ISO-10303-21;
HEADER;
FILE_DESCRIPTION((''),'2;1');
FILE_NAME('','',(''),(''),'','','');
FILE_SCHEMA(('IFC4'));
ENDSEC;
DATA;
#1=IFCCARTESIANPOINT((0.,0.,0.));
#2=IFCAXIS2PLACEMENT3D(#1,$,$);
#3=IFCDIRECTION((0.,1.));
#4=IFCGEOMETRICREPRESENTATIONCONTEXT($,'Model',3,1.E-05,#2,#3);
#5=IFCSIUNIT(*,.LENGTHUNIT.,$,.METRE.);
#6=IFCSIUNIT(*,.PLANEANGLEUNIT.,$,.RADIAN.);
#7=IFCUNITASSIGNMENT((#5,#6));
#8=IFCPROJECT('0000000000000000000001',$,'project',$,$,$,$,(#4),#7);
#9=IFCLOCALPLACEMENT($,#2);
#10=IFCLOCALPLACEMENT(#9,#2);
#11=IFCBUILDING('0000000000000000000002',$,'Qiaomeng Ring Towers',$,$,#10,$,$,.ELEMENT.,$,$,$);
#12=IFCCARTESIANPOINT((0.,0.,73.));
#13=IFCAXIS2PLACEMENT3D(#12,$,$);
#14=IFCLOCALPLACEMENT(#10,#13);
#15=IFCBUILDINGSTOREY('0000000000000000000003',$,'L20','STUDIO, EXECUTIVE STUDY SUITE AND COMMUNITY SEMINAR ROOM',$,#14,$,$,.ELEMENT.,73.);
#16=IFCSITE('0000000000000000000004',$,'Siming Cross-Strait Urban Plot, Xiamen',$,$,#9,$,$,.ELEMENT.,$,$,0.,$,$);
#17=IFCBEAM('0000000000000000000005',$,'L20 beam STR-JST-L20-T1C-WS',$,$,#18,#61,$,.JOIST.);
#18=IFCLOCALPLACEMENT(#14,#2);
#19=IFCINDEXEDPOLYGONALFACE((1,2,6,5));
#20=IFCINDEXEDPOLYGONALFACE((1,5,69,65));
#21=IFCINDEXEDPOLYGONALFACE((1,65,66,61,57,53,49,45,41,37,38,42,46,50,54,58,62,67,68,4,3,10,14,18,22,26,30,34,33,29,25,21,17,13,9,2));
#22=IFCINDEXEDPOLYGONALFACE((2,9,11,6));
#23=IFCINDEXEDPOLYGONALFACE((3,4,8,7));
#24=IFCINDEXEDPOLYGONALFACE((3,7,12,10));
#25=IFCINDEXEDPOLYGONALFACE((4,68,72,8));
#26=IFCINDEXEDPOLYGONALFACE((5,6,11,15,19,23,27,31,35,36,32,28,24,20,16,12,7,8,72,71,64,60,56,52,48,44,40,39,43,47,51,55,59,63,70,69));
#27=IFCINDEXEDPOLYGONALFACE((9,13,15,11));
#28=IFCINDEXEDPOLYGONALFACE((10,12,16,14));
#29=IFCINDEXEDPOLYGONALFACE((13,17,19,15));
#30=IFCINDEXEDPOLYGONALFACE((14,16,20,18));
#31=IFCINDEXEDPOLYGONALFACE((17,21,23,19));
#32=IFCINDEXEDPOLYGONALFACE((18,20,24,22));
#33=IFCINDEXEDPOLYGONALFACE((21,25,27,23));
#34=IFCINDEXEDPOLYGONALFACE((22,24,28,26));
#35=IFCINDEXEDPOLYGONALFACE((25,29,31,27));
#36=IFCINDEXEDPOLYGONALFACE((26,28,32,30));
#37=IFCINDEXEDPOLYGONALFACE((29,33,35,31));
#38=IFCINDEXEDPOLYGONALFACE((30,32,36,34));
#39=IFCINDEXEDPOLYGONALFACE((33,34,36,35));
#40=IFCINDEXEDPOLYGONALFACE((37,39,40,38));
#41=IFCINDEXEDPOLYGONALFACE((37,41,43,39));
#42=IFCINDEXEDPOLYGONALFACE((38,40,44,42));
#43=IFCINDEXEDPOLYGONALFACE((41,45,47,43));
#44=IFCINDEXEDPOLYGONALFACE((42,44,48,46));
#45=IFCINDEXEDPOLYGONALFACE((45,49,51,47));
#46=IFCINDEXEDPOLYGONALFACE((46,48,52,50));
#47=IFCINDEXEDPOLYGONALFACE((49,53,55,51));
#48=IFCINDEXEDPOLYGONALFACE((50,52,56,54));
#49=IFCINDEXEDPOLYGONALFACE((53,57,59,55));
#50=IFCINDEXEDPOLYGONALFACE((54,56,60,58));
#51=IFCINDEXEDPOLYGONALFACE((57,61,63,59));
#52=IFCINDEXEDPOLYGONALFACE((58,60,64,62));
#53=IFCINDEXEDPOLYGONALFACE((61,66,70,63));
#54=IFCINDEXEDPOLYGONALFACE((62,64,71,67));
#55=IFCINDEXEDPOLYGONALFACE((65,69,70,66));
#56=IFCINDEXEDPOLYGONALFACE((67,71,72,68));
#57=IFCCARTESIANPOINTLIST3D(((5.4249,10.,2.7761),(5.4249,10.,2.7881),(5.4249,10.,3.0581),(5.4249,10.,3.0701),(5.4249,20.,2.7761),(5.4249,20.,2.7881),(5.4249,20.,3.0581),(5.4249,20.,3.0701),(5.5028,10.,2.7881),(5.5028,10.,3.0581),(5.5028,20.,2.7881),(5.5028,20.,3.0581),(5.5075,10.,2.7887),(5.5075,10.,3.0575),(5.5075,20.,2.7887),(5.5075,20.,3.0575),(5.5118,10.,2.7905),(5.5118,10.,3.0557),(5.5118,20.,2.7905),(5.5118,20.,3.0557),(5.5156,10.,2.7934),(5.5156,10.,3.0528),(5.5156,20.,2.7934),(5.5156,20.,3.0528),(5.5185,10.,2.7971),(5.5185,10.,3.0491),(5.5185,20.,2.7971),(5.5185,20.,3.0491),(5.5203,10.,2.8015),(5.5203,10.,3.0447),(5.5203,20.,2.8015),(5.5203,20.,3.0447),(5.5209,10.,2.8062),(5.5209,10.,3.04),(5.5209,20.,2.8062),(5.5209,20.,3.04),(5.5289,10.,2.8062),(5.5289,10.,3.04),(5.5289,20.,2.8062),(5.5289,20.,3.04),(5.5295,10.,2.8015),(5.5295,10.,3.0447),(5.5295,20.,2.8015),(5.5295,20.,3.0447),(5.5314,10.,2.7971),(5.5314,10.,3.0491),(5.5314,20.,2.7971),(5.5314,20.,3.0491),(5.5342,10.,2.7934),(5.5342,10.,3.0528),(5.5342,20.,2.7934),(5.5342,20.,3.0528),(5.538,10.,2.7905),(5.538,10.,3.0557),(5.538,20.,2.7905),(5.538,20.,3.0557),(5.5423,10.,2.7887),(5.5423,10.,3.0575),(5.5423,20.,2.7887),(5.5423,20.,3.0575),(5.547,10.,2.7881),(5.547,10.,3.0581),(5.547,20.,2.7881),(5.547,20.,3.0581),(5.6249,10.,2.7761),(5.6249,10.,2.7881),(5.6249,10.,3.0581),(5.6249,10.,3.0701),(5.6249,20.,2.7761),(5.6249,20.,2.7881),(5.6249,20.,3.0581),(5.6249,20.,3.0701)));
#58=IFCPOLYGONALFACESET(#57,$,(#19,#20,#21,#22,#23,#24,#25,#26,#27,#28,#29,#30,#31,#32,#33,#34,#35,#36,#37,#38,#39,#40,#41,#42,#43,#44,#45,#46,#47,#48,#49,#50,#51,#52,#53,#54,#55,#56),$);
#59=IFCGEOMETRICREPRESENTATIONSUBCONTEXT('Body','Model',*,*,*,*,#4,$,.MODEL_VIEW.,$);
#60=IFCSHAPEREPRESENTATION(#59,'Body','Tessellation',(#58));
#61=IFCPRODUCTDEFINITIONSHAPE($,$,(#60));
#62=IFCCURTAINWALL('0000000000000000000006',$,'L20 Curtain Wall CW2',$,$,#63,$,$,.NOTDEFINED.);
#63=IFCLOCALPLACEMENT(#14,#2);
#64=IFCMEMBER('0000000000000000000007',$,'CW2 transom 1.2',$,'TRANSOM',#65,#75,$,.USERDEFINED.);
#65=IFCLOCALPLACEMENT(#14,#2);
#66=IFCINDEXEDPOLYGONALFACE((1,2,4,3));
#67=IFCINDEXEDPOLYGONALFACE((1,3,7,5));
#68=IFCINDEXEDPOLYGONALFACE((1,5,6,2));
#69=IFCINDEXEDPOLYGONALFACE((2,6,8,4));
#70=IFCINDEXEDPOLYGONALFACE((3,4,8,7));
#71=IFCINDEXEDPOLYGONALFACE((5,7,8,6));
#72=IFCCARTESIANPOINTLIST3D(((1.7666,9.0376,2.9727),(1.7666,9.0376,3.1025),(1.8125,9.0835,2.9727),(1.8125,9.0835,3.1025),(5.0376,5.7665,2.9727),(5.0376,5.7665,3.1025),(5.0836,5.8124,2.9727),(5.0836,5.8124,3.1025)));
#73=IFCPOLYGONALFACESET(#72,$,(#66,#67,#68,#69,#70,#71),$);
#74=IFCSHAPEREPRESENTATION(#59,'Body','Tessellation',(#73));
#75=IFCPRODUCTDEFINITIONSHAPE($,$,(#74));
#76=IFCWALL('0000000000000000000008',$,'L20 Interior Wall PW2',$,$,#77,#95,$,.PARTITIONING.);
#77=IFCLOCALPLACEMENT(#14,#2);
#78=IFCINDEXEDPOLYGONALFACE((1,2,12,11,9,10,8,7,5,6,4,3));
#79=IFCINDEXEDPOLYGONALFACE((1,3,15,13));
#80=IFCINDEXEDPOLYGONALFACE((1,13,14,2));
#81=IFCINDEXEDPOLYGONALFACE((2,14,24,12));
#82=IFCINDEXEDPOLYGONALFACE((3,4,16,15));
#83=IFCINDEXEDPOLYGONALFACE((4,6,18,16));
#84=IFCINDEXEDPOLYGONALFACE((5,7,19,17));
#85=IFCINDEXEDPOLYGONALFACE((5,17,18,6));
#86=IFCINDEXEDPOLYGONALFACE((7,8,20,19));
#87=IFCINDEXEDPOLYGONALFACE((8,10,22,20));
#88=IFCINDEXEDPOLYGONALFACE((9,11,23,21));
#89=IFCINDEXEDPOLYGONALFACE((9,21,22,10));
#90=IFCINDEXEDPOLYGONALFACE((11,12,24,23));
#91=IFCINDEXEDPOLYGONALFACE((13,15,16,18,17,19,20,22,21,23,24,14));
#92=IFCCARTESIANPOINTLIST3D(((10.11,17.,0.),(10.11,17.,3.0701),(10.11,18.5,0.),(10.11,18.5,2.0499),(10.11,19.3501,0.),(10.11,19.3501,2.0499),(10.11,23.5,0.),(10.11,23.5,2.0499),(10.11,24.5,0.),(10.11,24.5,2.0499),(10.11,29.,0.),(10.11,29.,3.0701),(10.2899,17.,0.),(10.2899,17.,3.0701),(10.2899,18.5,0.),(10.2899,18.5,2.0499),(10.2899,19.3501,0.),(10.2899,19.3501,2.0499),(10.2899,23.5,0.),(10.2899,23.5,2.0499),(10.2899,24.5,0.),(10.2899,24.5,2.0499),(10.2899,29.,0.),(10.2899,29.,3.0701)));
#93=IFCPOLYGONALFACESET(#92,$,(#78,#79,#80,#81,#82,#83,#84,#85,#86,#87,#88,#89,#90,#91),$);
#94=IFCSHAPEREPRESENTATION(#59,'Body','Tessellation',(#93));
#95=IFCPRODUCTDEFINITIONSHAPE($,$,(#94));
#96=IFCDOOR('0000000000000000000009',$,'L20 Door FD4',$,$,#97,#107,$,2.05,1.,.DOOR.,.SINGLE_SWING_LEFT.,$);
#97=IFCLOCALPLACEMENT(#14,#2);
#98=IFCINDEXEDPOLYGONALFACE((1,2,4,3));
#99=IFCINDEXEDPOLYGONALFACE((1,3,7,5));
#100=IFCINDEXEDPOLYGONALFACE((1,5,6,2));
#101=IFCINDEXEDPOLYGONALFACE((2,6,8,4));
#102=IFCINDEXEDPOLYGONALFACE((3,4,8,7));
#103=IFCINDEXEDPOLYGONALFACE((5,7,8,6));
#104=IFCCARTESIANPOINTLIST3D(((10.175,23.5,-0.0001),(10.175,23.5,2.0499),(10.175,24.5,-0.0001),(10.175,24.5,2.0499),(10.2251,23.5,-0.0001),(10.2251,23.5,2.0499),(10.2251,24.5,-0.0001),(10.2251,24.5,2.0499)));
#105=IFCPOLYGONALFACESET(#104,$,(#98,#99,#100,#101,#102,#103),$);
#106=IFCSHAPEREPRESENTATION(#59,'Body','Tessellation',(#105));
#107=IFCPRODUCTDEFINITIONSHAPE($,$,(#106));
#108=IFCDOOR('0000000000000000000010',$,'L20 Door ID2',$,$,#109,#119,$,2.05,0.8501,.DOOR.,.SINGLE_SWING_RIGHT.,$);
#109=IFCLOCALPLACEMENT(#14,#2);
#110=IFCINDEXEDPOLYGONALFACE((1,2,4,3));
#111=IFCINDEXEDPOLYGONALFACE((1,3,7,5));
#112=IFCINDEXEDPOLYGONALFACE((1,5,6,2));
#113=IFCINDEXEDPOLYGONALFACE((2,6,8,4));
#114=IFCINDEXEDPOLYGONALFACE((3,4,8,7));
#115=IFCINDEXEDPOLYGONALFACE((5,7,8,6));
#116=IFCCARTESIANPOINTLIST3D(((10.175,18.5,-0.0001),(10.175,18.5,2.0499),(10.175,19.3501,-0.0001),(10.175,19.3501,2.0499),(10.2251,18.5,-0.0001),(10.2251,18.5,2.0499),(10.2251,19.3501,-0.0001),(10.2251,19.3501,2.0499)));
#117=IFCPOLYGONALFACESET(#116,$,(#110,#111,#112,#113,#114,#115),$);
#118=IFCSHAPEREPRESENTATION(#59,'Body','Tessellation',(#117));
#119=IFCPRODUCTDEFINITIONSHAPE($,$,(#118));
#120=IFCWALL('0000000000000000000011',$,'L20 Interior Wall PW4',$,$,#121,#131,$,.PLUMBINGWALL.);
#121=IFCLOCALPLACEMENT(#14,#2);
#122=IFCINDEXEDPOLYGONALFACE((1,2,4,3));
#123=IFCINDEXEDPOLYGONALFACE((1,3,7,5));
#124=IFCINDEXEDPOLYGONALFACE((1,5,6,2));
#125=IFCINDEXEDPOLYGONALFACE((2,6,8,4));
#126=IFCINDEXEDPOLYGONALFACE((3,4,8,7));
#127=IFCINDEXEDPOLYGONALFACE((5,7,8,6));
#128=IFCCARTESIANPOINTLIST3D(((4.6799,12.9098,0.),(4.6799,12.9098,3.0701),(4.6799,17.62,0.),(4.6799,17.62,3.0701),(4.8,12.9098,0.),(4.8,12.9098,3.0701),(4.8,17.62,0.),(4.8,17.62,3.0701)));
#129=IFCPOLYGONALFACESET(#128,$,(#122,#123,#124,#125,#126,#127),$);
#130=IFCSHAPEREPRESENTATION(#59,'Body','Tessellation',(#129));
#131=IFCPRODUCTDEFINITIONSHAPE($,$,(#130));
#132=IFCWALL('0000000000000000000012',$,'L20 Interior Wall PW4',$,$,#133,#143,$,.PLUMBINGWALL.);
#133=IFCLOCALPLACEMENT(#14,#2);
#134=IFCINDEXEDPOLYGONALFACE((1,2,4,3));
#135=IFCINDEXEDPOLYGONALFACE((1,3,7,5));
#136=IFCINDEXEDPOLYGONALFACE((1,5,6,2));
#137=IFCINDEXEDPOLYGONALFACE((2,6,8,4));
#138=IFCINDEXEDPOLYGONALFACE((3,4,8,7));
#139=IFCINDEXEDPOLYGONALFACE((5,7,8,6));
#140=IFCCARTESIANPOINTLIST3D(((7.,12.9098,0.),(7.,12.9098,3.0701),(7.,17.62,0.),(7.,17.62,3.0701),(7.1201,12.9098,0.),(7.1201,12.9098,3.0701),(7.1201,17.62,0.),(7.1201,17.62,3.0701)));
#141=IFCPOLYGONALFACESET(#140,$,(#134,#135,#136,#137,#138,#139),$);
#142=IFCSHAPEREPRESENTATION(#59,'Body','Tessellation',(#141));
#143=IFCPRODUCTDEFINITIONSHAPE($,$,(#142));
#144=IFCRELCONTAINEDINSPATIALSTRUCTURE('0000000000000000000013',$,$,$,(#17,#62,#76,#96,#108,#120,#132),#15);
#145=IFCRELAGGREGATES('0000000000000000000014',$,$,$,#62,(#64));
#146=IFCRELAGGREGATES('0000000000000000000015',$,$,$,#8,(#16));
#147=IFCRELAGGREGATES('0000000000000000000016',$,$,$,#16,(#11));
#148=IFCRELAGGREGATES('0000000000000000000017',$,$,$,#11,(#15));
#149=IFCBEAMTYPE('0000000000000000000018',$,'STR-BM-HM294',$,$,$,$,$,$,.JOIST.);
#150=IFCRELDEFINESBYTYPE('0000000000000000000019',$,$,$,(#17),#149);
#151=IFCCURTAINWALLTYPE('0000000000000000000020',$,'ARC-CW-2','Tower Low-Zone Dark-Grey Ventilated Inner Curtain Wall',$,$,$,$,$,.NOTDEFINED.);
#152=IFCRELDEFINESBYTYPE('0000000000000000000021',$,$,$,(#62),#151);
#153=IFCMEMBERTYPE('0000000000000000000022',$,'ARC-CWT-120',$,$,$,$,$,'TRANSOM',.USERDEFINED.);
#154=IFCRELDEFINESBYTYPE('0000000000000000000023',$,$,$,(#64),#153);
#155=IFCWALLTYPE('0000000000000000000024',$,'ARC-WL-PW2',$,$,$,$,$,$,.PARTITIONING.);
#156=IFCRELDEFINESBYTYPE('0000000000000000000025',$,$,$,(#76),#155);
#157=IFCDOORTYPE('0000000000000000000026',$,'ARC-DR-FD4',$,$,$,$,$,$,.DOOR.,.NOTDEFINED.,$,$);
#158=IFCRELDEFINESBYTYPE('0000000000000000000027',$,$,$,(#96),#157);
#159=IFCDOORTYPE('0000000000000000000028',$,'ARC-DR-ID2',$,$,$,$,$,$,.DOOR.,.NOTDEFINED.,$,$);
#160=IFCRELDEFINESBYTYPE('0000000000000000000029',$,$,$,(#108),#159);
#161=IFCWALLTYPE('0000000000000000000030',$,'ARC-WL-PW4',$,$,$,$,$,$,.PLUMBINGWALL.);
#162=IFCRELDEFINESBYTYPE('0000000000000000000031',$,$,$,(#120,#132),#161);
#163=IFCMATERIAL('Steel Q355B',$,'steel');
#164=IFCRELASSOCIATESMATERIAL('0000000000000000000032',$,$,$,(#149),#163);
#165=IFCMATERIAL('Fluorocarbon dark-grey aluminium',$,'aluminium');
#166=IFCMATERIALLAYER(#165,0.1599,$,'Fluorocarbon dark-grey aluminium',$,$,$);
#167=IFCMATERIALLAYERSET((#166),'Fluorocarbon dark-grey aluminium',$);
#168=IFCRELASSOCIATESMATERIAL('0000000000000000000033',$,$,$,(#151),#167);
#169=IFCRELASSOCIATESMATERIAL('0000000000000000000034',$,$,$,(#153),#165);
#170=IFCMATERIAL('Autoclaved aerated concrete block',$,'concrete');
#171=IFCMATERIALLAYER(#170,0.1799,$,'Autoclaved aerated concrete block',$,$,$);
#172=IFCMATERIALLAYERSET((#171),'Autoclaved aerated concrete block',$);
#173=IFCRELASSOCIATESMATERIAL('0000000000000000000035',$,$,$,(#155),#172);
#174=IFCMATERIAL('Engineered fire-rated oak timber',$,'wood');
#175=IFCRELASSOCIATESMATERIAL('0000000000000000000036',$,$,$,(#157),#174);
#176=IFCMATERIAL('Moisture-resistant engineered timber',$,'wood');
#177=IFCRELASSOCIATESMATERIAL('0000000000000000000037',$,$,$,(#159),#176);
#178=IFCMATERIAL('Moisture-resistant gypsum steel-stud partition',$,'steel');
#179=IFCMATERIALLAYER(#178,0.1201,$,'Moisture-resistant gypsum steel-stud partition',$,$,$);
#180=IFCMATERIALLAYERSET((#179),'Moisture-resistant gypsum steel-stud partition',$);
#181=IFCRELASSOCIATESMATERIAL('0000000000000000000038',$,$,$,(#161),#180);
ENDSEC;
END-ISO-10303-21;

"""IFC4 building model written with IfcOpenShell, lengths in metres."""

from ifc_helpers import new_model, si_unit, direction, frame, frame_2d, origin, origin_2d, place, context, subcontext, project, spatial, rectangle, i_section, extrude, source, transform, mapped, material, layer, layer_set, material_profile, profile_set, type_object, element, fill, aggregate, save


model = new_model("IFC4")

# Units and contexts
model_context = context("Model", 3, precision=1e-05, world=origin(), true_north=direction((0.0, 1.0)))
body_context = subcontext(model_context, "Body", "Model", "MODEL_VIEW")
ifc_project = project(units=[si_unit("LENGTHUNIT", "METRE"), si_unit("PLANEANGLEUNIT", "RADIAN")], contexts=[model_context])

# Site, building, storey
site_placement = place(None, origin())
site = spatial("IfcSite", under=ifc_project, at=site_placement, Name="Siming Cross-Strait Urban Plot, Xiamen", CompositionType="ELEMENT", RefElevation=0.0)
building_placement = place(site_placement, origin())
building = spatial("IfcBuilding", under=site, at=building_placement, Name="Qiaomeng Ring Towers", CompositionType="ELEMENT")
storey_placement = place(building_placement, frame((0.0, 0.0, 73.0)))
storey = spatial("IfcBuildingStorey", under=building, at=storey_placement, Name="L20", Description="STUDIO, EXECUTIVE STUDY SUITE AND COMMUNITY SEMINAR ROOM", CompositionType="ELEMENT", Elevation=73.0)

# Beam
ifc_material_1 = material(Name="Steel Q355B", Category="steel")
ifc_material_profile_1 = material_profile(ifc_material_1, i_section(OverallWidth=0.2, OverallDepth=0.2939, WebThickness=0.0081, FlangeThickness=0.012, FilletRadius=0.0181, at=origin_2d()), Name="HM 294x200x8x12")
ifc_profile_set_1 = profile_set([ifc_material_profile_1], Name="Steel Q355B")
beam_type = type_object("IfcBeamType", Name="STR-BM-HM294", PredefinedType="JOIST", material=ifc_profile_set_1)
shared_shape_1 = source(origin(), body_context, "Body", "SweptSolid", [
    extrude(i_section(OverallWidth=0.2, OverallDepth=0.2939, WebThickness=0.0081, FlangeThickness=0.012, FilletRadius=0.0181, at=origin_2d()), origin(), (0.0, 0.0, 1.0), 10.0),
])
beam_placement = place(storey_placement, frame((5.5249, 10.0, 2.9231), z_axis=(0.0, 1.0, 0.0), x_axis=(-1.0, 0.0, 0.0)))
element("IfcBeam", 1, at=beam_placement, inside=storey, type_object=beam_type, Name="L20 beam STR-JST-L20-T1C-WS", PredefinedType="JOIST", context=body_context, shape_type="MappedRepresentation", body=[
    mapped(shared_shape_1, transform((0.0, 0.0, 0.0), x_axis=(1.0, 0.0, 0.0), y_axis=(0.0, 1.0, 0.0), z_axis=(0.0, 0.0, 1.0), scale=1.0)),
])

# Curtain wall, member
ifc_material_2 = material(Name="Fluorocarbon dark-grey aluminium", Category="aluminium")
ifc_layer_1 = layer(ifc_material_2, 0.1599, Name="Fluorocarbon dark-grey aluminium")
ifc_layer_set_1 = layer_set([ifc_layer_1], Name="Fluorocarbon dark-grey aluminium")
curtain_wall_type = type_object("IfcCurtainWallType", Name="ARC-CW-2", Description="Tower Low-Zone Dark-Grey Ventilated Inner Curtain Wall", PredefinedType="NOTDEFINED", material=ifc_layer_set_1)
curtain_wall_placement = place(storey_placement, origin())
curtain_wall = element("IfcCurtainWall", 2, at=curtain_wall_placement, inside=storey, type_object=curtain_wall_type, Name="L20 Curtain Wall CW2", PredefinedType="NOTDEFINED")
ifc_material_profile_2 = material_profile(ifc_material_2, rectangle(XDim=0.0649, YDim=0.1299, at=origin_2d()), Name="ALU TRAN 65x130")
ifc_profile_set_2 = profile_set([ifc_material_profile_2], Name="Fluorocarbon dark-grey aluminium")
member_type = type_object("IfcMemberType", Name="ARC-CWT-120", ElementType="TRANSOM", PredefinedType="USERDEFINED", material=ifc_profile_set_2)
shared_shape_2 = source(origin(), body_context, "Body", "SweptSolid", [
    extrude(rectangle(XDim=0.0649, YDim=0.1299, at=origin_2d()), origin(), (0.0, 0.0, 1.0), 4.626),
])
member_placement = place(storey_placement, frame((1.7896, 9.0605, 3.0376), z_axis=(0.707107, -0.707107, 0.0), x_axis=(0.707107, 0.707107, 0.0)))
member = element("IfcMember", 3, at=member_placement, type_object=member_type, Name="CW2 transom 1.2", ObjectType="TRANSOM", PredefinedType="USERDEFINED", context=body_context, shape_type="MappedRepresentation", body=[
    mapped(shared_shape_2, transform((0.0, 0.0, 0.0), x_axis=(1.0, 0.0, 0.0), y_axis=(0.0, 1.0, 0.0), z_axis=(0.0, 0.0, 1.0), scale=1.0)),
])
aggregate(curtain_wall, [member])

# Wall, openings, doors
ifc_material_3 = material(Name="Autoclaved aerated concrete block", Category="concrete")
ifc_layer_2 = layer(ifc_material_3, 0.1799, Name="Autoclaved aerated concrete block")
ifc_layer_set_2 = layer_set([ifc_layer_2], Name="Autoclaved aerated concrete block")
wall_type_1 = type_object("IfcWallType", Name="ARC-WL-PW2", PredefinedType="PARTITIONING", material=ifc_layer_set_2)
wall_1_placement = place(storey_placement, frame((10.2, 17.0, 0.0), z_axis=(0.0, 0.0, 1.0), x_axis=(0.0, 1.0, 0.0)))
wall_1 = element("IfcWall", 4, at=wall_1_placement, inside=storey, type_object=wall_type_1, Name="L20 Interior Wall PW2", PredefinedType="PARTITIONING", context=body_context, shape_type="SweptSolid", body=[
    extrude(rectangle(XDim=12.0, YDim=0.1799, at=frame_2d((6.0, 0.0))), origin(), (0.0, 0.0, 1.0), 3.0701),
])
opening_1_placement = place(wall_1_placement, frame((1.5, 0.0, 0.0)))
opening_1 = element("IfcOpeningElement", 5, at=opening_1_placement, cuts=wall_1, PredefinedType="OPENING", context=body_context, shape_type="SweptSolid", body=[
    extrude(rectangle(XDim=0.8501, YDim=2.05, at=frame_2d((0.425, 1.0249))), frame((0.0, 0.0999, 0.0), z_axis=(0.0, -1.0, 0.0), x_axis=(1.0, 0.0, 0.0)), (0.0, 0.0, 1.0), 0.2),
])
opening_2_placement = place(wall_1_placement, frame((6.5, 0.0, 0.0)))
opening_2 = element("IfcOpeningElement", 6, at=opening_2_placement, cuts=wall_1, PredefinedType="OPENING", context=body_context, shape_type="SweptSolid", body=[
    extrude(rectangle(XDim=1.0, YDim=2.05, at=frame_2d((0.5, 1.0249))), frame((0.0, 0.0999, 0.0), z_axis=(0.0, -1.0, 0.0), x_axis=(1.0, 0.0, 0.0)), (0.0, 0.0, 1.0), 0.2),
])
ifc_material_4 = material(Name="Engineered fire-rated oak timber", Category="wood")
door_type_1 = type_object("IfcDoorType", Name="ARC-DR-FD4", OperationType="NOTDEFINED", PredefinedType="DOOR", material=ifc_material_4)
shared_shape_3 = source(origin(), body_context, "Body", "SweptSolid", [
    extrude(rectangle(XDim=1.0, YDim=2.05, at=frame_2d((0.5, 1.0249))), frame((0.0, 0.0249, 0.0), z_axis=(0.0, -1.0, 0.0), x_axis=(1.0, 0.0, 0.0)), (0.0, 0.0, 1.0), 0.05),
])
door_1_placement = place(opening_2_placement, origin())
door_1 = element("IfcDoor", 7, at=door_1_placement, inside=storey, type_object=door_type_1, Name="L20 Door FD4", OperationType="SINGLE_SWING_LEFT", OverallHeight=2.05, OverallWidth=1.0, PredefinedType="DOOR", context=body_context, shape_type="MappedRepresentation", body=[
    mapped(shared_shape_3, transform((0.0, 0.0, 0.0), x_axis=(1.0, 0.0, 0.0), y_axis=(0.0, 1.0, 0.0), z_axis=(0.0, 0.0, 1.0), scale=1.0)),
])
fill(opening_2, door_1)
ifc_material_5 = material(Name="Moisture-resistant engineered timber", Category="wood")
door_type_2 = type_object("IfcDoorType", Name="ARC-DR-ID2", OperationType="NOTDEFINED", PredefinedType="DOOR", material=ifc_material_5)
shared_shape_4 = source(origin(), body_context, "Body", "SweptSolid", [
    extrude(rectangle(XDim=0.8501, YDim=2.05, at=frame_2d((0.425, 1.0249))), frame((0.0, 0.0249, 0.0), z_axis=(0.0, -1.0, 0.0), x_axis=(1.0, 0.0, 0.0)), (0.0, 0.0, 1.0), 0.05),
])
door_2_placement = place(opening_1_placement, origin())
door_2 = element("IfcDoor", 8, at=door_2_placement, inside=storey, type_object=door_type_2, Name="L20 Door ID2", OperationType="SINGLE_SWING_RIGHT", OverallHeight=2.05, OverallWidth=0.8501, PredefinedType="DOOR", context=body_context, shape_type="MappedRepresentation", body=[
    mapped(shared_shape_4, transform((0.0, 0.0, 0.0), x_axis=(1.0, 0.0, 0.0), y_axis=(0.0, 1.0, 0.0), z_axis=(0.0, 0.0, 1.0), scale=1.0)),
])
fill(opening_1, door_2)

# Walls
ifc_material_6 = material(Name="Moisture-resistant gypsum steel-stud partition", Category="steel")
ifc_layer_3 = layer(ifc_material_6, 0.1201, Name="Moisture-resistant gypsum steel-stud partition")
ifc_layer_set_3 = layer_set([ifc_layer_3], Name="Moisture-resistant gypsum steel-stud partition")
wall_type_2 = type_object("IfcWallType", Name="ARC-WL-PW4", PredefinedType="PLUMBINGWALL", material=ifc_layer_set_3)
for number, where, z_axis, x_axis, name in (
    (9, (4.74, 12.9099, 0.0), (0.0, 0.0, 1.0), (0.0, 1.0, 0.0), "L20 Interior Wall PW4"),
    (10, (7.0601, 12.9099, 0.0), (0.0, 0.0, 1.0), (0.0, 1.0, 0.0), "L20 Interior Wall PW4"),
):
    element("IfcWall", number, at=place(storey_placement, frame(where, z_axis=z_axis, x_axis=x_axis)), inside=storey, type_object=wall_type_2, Name=name, PredefinedType="PLUMBINGWALL", context=body_context, shape_type="SweptSolid", body=[
        extrude(rectangle(XDim=4.7102, YDim=0.1201, at=frame_2d((2.355, 0.0))), origin(), (0.0, 0.0, 1.0), 3.0701),
    ])

save(model, "model.ifc")
